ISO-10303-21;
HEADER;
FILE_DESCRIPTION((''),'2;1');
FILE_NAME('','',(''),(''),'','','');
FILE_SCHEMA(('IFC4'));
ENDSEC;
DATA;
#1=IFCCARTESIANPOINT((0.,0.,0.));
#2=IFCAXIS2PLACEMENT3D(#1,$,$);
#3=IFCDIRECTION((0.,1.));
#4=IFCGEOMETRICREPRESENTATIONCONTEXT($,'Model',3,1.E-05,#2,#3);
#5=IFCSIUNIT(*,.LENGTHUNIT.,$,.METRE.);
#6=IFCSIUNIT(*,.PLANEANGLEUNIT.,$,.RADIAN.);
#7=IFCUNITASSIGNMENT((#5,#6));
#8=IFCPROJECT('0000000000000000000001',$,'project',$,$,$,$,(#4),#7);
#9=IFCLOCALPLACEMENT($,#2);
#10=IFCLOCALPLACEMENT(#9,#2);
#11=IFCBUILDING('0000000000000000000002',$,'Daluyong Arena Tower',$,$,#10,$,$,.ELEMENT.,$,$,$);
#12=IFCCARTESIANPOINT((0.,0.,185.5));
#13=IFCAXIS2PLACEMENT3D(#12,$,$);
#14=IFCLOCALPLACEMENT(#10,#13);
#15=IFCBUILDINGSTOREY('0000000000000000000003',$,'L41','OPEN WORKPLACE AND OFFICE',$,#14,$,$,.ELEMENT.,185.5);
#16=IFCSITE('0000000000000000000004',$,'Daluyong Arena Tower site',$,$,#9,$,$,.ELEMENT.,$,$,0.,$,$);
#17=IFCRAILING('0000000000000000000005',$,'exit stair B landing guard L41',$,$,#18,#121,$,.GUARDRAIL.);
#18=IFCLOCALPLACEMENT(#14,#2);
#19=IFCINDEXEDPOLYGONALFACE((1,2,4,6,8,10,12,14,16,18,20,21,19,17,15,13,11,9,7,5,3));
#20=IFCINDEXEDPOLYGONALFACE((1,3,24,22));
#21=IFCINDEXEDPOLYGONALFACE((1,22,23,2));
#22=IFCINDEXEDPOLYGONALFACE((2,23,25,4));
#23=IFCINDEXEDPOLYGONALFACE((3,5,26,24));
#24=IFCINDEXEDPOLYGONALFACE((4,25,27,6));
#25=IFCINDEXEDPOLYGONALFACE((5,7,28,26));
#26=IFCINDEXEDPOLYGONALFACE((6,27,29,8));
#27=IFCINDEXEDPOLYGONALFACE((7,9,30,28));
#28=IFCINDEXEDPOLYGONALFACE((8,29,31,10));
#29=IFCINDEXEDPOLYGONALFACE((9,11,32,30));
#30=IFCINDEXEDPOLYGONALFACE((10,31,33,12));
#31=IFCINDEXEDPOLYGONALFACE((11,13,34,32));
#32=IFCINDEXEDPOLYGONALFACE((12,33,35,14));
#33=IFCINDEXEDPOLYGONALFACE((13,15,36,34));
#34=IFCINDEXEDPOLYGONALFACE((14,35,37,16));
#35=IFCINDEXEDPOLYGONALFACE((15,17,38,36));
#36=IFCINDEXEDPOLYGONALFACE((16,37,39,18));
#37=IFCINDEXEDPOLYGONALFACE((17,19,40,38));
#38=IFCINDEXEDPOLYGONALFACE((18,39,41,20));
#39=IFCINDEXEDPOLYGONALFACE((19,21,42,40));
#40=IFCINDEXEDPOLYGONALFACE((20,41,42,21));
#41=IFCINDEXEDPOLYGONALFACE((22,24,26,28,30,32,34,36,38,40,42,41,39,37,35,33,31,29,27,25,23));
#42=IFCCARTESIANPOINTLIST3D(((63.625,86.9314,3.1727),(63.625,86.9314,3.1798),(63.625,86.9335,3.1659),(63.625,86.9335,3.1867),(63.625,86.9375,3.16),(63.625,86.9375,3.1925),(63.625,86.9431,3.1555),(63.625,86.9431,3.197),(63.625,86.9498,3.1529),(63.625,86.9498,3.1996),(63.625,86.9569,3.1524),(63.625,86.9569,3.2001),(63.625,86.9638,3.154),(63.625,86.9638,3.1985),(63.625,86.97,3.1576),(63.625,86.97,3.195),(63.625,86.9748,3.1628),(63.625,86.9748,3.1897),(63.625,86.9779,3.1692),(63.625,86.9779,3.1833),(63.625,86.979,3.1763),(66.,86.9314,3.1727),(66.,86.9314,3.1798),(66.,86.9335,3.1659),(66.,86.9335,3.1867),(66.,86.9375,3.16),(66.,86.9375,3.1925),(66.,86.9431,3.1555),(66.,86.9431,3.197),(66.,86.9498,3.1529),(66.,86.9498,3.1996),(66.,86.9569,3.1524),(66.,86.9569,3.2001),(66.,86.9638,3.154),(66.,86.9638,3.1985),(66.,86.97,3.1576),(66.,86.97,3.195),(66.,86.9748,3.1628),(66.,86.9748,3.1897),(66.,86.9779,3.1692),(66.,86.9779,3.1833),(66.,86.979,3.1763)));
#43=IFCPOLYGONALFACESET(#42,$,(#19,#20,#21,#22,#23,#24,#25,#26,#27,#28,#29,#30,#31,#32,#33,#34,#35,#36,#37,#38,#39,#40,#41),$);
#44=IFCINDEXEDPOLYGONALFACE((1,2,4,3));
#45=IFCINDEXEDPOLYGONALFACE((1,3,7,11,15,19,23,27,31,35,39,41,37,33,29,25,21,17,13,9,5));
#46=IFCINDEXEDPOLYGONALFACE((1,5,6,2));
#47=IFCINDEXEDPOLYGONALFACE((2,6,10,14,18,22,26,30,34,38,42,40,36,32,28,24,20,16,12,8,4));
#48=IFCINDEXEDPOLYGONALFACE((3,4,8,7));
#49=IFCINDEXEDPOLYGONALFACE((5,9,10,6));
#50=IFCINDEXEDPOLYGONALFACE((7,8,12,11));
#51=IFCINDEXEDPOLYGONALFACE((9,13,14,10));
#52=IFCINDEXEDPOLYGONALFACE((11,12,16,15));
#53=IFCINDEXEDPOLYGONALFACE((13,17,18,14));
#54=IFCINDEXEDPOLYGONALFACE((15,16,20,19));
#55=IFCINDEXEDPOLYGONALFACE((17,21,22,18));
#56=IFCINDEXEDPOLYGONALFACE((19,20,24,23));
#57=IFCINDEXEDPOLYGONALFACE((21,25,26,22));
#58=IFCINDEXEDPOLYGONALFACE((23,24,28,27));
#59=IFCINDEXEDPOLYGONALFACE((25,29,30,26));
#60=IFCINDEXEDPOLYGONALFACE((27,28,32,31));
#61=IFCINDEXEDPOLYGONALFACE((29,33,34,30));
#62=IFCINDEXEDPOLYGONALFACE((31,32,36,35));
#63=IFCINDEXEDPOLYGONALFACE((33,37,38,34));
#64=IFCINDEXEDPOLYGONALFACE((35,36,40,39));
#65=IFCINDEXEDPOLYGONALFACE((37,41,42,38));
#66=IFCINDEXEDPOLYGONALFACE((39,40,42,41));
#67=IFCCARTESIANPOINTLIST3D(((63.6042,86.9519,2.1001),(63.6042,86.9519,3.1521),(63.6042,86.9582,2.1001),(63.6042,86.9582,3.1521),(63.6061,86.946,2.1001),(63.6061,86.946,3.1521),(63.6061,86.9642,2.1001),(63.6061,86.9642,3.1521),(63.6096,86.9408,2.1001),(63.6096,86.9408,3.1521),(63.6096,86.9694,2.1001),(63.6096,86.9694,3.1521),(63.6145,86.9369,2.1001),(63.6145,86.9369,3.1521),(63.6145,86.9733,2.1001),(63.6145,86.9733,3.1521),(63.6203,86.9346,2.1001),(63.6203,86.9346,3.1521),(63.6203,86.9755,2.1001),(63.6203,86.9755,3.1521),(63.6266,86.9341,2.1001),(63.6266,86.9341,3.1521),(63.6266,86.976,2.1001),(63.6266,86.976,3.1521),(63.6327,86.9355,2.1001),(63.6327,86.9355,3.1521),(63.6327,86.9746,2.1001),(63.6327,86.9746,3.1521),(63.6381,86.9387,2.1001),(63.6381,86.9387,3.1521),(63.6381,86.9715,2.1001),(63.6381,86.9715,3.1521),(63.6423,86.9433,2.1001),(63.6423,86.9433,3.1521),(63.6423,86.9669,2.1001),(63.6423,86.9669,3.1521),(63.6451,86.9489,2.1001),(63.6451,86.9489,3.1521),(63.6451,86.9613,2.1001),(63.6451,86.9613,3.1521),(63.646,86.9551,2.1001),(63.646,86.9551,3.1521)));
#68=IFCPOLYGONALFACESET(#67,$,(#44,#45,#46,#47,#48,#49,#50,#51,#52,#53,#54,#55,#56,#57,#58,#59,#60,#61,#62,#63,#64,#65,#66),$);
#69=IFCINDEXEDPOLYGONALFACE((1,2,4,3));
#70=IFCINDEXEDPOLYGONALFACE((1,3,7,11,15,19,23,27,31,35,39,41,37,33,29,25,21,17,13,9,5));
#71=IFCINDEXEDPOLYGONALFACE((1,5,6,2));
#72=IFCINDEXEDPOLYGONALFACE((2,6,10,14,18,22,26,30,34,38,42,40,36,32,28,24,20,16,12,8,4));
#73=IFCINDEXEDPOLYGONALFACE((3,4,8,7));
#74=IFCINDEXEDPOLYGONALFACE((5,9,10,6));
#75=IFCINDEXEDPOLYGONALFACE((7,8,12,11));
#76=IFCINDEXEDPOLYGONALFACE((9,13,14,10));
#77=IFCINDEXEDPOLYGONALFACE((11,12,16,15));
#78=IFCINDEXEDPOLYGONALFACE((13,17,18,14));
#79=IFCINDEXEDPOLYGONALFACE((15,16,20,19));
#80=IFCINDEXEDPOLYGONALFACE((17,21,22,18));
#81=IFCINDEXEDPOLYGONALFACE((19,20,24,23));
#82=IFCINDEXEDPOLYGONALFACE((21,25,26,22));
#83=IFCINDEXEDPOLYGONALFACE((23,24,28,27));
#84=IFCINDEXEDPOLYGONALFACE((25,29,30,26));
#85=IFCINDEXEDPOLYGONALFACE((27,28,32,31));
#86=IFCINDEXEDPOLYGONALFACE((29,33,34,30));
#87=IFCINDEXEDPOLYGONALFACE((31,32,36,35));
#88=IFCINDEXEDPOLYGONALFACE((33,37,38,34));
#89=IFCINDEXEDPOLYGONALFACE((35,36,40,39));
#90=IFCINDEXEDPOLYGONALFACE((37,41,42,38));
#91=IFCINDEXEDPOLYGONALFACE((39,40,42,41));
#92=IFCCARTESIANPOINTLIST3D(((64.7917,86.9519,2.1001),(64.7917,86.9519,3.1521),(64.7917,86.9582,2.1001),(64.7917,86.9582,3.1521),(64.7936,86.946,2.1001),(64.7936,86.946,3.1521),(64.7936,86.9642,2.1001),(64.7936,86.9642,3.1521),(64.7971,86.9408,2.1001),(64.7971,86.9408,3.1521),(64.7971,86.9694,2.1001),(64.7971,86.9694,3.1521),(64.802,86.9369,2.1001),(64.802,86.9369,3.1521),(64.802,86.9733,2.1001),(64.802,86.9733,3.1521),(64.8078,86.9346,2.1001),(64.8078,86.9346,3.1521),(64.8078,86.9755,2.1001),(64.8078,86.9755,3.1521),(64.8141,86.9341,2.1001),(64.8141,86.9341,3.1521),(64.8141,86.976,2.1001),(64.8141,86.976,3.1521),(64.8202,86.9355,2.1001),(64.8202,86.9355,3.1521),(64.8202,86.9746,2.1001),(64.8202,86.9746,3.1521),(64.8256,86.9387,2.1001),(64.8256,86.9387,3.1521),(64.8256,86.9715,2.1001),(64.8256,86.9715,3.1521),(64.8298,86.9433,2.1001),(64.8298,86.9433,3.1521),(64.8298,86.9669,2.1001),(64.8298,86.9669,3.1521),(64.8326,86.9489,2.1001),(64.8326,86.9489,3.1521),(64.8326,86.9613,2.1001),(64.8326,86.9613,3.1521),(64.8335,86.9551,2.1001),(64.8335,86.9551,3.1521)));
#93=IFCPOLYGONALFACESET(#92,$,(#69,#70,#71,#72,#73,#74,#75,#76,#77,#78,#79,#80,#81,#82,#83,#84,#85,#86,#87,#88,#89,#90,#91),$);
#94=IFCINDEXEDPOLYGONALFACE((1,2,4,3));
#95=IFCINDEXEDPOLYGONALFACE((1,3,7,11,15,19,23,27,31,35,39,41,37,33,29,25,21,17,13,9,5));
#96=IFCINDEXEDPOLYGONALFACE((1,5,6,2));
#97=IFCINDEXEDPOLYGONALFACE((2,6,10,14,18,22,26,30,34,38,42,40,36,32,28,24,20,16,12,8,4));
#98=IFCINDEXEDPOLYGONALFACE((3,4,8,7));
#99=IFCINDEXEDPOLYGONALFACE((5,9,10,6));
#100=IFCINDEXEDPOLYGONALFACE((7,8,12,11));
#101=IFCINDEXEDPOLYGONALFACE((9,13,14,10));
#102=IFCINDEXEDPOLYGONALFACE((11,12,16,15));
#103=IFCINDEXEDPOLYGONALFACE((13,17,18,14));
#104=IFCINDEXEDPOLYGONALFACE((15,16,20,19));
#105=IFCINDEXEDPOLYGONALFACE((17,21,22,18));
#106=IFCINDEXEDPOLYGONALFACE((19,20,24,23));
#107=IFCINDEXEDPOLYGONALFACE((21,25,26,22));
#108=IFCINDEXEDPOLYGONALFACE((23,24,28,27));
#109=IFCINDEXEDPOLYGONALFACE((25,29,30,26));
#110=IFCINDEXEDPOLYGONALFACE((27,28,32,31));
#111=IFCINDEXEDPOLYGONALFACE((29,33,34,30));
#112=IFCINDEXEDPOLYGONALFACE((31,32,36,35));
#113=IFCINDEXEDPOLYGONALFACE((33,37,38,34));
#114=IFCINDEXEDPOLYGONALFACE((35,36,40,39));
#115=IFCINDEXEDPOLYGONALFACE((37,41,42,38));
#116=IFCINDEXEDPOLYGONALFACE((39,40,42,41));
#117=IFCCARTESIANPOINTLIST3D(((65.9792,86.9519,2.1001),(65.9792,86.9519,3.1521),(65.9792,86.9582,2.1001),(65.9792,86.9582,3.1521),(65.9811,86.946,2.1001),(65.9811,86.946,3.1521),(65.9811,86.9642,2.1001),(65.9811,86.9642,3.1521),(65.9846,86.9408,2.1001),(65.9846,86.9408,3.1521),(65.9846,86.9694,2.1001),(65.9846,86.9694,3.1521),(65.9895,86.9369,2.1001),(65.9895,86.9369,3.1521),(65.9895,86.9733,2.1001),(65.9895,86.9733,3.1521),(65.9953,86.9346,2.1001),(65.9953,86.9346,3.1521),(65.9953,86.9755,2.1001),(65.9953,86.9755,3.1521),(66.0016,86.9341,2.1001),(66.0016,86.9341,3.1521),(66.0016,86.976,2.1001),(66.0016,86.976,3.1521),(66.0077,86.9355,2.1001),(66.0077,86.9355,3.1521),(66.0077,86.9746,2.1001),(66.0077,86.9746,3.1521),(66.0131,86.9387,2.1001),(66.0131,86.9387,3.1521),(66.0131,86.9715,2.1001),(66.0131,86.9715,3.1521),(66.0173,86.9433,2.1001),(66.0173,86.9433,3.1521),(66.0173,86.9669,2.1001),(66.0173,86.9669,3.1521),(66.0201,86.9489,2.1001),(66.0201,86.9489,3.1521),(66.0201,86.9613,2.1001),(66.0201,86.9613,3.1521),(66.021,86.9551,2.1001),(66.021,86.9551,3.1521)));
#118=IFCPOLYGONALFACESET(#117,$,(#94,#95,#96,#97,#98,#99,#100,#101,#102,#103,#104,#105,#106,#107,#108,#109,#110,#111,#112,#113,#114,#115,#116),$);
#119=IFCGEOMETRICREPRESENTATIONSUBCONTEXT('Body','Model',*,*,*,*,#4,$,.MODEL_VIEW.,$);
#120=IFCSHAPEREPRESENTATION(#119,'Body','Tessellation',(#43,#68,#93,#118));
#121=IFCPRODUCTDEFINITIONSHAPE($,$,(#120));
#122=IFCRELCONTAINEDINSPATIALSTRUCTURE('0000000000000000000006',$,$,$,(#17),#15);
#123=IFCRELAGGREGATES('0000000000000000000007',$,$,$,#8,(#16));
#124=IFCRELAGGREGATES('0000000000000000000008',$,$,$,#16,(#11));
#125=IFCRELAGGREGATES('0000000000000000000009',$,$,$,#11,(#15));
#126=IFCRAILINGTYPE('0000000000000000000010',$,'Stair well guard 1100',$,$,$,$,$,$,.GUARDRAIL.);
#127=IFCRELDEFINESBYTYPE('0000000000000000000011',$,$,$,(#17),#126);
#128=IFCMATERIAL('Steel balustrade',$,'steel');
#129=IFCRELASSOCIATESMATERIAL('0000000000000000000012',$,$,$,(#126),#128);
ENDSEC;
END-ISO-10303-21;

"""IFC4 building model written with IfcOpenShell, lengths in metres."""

from ifc_helpers import new_model, si_unit, direction, frame, origin, origin_2d, place, context, subcontext, project, spatial, circle, extrude, material, type_object, element, save


model = new_model("IFC4")

# Units and contexts
model_context = context("Model", 3, precision=1e-05, world=origin(), true_north=direction((0.0, 1.0)))
body_context = subcontext(model_context, "Body", "Model", "MODEL_VIEW")
ifc_project = project(units=[si_unit("LENGTHUNIT", "METRE"), si_unit("PLANEANGLEUNIT", "RADIAN")], contexts=[model_context])

# Site, building, storey
site_placement = place(None, origin())
site = spatial("IfcSite", under=ifc_project, at=site_placement, Name="Daluyong Arena Tower site", CompositionType="ELEMENT", RefElevation=0.0)
building_placement = place(site_placement, origin())
building = spatial("IfcBuilding", under=site, at=building_placement, Name="Daluyong Arena Tower", CompositionType="ELEMENT")
storey_placement = place(building_placement, frame((0.0, 0.0, 185.5)))
storey = spatial("IfcBuildingStorey", under=building, at=storey_placement, Name="L41", Description="OPEN WORKPLACE AND OFFICE", CompositionType="ELEMENT", Elevation=185.5)

# Railing
ifc_material_1 = material(Name="Steel balustrade", Category="steel")
railing_type_1 = type_object("IfcRailingType", Name="Stair well guard 1100", PredefinedType="GUARDRAIL", material=ifc_material_1)
railing_1_placement = place(storey_placement, frame((63.625, 86.9551, 2.1001)))
element("IfcRailing", 1, at=railing_1_placement, inside=storey, type_object=railing_type_1, Name="exit stair B landing guard L41", PredefinedType="GUARDRAIL", context=body_context, shape_type="SweptSolid", body=[
    extrude(circle(Radius=0.0239, at=origin_2d()), frame((0.0, 0.0, 1.0762), z_axis=(1.0, 0.0, 0.0), x_axis=(0.0, 1.0, 0.0)), (0.0, 0.0, 1.0), 2.375),
    extrude(circle(Radius=0.021, at=origin_2d()), origin(), (0.0, 0.0, 1.0), 1.052),
    extrude(circle(Radius=0.021, at=origin_2d()), frame((1.1875, 0.0, 0.0)), (0.0, 0.0, 1.0), 1.052),
    extrude(circle(Radius=0.021, at=origin_2d()), frame((2.375, 0.0, 0.0)), (0.0, 0.0, 1.0), 1.052),
])

save(model, "model.ifc")
